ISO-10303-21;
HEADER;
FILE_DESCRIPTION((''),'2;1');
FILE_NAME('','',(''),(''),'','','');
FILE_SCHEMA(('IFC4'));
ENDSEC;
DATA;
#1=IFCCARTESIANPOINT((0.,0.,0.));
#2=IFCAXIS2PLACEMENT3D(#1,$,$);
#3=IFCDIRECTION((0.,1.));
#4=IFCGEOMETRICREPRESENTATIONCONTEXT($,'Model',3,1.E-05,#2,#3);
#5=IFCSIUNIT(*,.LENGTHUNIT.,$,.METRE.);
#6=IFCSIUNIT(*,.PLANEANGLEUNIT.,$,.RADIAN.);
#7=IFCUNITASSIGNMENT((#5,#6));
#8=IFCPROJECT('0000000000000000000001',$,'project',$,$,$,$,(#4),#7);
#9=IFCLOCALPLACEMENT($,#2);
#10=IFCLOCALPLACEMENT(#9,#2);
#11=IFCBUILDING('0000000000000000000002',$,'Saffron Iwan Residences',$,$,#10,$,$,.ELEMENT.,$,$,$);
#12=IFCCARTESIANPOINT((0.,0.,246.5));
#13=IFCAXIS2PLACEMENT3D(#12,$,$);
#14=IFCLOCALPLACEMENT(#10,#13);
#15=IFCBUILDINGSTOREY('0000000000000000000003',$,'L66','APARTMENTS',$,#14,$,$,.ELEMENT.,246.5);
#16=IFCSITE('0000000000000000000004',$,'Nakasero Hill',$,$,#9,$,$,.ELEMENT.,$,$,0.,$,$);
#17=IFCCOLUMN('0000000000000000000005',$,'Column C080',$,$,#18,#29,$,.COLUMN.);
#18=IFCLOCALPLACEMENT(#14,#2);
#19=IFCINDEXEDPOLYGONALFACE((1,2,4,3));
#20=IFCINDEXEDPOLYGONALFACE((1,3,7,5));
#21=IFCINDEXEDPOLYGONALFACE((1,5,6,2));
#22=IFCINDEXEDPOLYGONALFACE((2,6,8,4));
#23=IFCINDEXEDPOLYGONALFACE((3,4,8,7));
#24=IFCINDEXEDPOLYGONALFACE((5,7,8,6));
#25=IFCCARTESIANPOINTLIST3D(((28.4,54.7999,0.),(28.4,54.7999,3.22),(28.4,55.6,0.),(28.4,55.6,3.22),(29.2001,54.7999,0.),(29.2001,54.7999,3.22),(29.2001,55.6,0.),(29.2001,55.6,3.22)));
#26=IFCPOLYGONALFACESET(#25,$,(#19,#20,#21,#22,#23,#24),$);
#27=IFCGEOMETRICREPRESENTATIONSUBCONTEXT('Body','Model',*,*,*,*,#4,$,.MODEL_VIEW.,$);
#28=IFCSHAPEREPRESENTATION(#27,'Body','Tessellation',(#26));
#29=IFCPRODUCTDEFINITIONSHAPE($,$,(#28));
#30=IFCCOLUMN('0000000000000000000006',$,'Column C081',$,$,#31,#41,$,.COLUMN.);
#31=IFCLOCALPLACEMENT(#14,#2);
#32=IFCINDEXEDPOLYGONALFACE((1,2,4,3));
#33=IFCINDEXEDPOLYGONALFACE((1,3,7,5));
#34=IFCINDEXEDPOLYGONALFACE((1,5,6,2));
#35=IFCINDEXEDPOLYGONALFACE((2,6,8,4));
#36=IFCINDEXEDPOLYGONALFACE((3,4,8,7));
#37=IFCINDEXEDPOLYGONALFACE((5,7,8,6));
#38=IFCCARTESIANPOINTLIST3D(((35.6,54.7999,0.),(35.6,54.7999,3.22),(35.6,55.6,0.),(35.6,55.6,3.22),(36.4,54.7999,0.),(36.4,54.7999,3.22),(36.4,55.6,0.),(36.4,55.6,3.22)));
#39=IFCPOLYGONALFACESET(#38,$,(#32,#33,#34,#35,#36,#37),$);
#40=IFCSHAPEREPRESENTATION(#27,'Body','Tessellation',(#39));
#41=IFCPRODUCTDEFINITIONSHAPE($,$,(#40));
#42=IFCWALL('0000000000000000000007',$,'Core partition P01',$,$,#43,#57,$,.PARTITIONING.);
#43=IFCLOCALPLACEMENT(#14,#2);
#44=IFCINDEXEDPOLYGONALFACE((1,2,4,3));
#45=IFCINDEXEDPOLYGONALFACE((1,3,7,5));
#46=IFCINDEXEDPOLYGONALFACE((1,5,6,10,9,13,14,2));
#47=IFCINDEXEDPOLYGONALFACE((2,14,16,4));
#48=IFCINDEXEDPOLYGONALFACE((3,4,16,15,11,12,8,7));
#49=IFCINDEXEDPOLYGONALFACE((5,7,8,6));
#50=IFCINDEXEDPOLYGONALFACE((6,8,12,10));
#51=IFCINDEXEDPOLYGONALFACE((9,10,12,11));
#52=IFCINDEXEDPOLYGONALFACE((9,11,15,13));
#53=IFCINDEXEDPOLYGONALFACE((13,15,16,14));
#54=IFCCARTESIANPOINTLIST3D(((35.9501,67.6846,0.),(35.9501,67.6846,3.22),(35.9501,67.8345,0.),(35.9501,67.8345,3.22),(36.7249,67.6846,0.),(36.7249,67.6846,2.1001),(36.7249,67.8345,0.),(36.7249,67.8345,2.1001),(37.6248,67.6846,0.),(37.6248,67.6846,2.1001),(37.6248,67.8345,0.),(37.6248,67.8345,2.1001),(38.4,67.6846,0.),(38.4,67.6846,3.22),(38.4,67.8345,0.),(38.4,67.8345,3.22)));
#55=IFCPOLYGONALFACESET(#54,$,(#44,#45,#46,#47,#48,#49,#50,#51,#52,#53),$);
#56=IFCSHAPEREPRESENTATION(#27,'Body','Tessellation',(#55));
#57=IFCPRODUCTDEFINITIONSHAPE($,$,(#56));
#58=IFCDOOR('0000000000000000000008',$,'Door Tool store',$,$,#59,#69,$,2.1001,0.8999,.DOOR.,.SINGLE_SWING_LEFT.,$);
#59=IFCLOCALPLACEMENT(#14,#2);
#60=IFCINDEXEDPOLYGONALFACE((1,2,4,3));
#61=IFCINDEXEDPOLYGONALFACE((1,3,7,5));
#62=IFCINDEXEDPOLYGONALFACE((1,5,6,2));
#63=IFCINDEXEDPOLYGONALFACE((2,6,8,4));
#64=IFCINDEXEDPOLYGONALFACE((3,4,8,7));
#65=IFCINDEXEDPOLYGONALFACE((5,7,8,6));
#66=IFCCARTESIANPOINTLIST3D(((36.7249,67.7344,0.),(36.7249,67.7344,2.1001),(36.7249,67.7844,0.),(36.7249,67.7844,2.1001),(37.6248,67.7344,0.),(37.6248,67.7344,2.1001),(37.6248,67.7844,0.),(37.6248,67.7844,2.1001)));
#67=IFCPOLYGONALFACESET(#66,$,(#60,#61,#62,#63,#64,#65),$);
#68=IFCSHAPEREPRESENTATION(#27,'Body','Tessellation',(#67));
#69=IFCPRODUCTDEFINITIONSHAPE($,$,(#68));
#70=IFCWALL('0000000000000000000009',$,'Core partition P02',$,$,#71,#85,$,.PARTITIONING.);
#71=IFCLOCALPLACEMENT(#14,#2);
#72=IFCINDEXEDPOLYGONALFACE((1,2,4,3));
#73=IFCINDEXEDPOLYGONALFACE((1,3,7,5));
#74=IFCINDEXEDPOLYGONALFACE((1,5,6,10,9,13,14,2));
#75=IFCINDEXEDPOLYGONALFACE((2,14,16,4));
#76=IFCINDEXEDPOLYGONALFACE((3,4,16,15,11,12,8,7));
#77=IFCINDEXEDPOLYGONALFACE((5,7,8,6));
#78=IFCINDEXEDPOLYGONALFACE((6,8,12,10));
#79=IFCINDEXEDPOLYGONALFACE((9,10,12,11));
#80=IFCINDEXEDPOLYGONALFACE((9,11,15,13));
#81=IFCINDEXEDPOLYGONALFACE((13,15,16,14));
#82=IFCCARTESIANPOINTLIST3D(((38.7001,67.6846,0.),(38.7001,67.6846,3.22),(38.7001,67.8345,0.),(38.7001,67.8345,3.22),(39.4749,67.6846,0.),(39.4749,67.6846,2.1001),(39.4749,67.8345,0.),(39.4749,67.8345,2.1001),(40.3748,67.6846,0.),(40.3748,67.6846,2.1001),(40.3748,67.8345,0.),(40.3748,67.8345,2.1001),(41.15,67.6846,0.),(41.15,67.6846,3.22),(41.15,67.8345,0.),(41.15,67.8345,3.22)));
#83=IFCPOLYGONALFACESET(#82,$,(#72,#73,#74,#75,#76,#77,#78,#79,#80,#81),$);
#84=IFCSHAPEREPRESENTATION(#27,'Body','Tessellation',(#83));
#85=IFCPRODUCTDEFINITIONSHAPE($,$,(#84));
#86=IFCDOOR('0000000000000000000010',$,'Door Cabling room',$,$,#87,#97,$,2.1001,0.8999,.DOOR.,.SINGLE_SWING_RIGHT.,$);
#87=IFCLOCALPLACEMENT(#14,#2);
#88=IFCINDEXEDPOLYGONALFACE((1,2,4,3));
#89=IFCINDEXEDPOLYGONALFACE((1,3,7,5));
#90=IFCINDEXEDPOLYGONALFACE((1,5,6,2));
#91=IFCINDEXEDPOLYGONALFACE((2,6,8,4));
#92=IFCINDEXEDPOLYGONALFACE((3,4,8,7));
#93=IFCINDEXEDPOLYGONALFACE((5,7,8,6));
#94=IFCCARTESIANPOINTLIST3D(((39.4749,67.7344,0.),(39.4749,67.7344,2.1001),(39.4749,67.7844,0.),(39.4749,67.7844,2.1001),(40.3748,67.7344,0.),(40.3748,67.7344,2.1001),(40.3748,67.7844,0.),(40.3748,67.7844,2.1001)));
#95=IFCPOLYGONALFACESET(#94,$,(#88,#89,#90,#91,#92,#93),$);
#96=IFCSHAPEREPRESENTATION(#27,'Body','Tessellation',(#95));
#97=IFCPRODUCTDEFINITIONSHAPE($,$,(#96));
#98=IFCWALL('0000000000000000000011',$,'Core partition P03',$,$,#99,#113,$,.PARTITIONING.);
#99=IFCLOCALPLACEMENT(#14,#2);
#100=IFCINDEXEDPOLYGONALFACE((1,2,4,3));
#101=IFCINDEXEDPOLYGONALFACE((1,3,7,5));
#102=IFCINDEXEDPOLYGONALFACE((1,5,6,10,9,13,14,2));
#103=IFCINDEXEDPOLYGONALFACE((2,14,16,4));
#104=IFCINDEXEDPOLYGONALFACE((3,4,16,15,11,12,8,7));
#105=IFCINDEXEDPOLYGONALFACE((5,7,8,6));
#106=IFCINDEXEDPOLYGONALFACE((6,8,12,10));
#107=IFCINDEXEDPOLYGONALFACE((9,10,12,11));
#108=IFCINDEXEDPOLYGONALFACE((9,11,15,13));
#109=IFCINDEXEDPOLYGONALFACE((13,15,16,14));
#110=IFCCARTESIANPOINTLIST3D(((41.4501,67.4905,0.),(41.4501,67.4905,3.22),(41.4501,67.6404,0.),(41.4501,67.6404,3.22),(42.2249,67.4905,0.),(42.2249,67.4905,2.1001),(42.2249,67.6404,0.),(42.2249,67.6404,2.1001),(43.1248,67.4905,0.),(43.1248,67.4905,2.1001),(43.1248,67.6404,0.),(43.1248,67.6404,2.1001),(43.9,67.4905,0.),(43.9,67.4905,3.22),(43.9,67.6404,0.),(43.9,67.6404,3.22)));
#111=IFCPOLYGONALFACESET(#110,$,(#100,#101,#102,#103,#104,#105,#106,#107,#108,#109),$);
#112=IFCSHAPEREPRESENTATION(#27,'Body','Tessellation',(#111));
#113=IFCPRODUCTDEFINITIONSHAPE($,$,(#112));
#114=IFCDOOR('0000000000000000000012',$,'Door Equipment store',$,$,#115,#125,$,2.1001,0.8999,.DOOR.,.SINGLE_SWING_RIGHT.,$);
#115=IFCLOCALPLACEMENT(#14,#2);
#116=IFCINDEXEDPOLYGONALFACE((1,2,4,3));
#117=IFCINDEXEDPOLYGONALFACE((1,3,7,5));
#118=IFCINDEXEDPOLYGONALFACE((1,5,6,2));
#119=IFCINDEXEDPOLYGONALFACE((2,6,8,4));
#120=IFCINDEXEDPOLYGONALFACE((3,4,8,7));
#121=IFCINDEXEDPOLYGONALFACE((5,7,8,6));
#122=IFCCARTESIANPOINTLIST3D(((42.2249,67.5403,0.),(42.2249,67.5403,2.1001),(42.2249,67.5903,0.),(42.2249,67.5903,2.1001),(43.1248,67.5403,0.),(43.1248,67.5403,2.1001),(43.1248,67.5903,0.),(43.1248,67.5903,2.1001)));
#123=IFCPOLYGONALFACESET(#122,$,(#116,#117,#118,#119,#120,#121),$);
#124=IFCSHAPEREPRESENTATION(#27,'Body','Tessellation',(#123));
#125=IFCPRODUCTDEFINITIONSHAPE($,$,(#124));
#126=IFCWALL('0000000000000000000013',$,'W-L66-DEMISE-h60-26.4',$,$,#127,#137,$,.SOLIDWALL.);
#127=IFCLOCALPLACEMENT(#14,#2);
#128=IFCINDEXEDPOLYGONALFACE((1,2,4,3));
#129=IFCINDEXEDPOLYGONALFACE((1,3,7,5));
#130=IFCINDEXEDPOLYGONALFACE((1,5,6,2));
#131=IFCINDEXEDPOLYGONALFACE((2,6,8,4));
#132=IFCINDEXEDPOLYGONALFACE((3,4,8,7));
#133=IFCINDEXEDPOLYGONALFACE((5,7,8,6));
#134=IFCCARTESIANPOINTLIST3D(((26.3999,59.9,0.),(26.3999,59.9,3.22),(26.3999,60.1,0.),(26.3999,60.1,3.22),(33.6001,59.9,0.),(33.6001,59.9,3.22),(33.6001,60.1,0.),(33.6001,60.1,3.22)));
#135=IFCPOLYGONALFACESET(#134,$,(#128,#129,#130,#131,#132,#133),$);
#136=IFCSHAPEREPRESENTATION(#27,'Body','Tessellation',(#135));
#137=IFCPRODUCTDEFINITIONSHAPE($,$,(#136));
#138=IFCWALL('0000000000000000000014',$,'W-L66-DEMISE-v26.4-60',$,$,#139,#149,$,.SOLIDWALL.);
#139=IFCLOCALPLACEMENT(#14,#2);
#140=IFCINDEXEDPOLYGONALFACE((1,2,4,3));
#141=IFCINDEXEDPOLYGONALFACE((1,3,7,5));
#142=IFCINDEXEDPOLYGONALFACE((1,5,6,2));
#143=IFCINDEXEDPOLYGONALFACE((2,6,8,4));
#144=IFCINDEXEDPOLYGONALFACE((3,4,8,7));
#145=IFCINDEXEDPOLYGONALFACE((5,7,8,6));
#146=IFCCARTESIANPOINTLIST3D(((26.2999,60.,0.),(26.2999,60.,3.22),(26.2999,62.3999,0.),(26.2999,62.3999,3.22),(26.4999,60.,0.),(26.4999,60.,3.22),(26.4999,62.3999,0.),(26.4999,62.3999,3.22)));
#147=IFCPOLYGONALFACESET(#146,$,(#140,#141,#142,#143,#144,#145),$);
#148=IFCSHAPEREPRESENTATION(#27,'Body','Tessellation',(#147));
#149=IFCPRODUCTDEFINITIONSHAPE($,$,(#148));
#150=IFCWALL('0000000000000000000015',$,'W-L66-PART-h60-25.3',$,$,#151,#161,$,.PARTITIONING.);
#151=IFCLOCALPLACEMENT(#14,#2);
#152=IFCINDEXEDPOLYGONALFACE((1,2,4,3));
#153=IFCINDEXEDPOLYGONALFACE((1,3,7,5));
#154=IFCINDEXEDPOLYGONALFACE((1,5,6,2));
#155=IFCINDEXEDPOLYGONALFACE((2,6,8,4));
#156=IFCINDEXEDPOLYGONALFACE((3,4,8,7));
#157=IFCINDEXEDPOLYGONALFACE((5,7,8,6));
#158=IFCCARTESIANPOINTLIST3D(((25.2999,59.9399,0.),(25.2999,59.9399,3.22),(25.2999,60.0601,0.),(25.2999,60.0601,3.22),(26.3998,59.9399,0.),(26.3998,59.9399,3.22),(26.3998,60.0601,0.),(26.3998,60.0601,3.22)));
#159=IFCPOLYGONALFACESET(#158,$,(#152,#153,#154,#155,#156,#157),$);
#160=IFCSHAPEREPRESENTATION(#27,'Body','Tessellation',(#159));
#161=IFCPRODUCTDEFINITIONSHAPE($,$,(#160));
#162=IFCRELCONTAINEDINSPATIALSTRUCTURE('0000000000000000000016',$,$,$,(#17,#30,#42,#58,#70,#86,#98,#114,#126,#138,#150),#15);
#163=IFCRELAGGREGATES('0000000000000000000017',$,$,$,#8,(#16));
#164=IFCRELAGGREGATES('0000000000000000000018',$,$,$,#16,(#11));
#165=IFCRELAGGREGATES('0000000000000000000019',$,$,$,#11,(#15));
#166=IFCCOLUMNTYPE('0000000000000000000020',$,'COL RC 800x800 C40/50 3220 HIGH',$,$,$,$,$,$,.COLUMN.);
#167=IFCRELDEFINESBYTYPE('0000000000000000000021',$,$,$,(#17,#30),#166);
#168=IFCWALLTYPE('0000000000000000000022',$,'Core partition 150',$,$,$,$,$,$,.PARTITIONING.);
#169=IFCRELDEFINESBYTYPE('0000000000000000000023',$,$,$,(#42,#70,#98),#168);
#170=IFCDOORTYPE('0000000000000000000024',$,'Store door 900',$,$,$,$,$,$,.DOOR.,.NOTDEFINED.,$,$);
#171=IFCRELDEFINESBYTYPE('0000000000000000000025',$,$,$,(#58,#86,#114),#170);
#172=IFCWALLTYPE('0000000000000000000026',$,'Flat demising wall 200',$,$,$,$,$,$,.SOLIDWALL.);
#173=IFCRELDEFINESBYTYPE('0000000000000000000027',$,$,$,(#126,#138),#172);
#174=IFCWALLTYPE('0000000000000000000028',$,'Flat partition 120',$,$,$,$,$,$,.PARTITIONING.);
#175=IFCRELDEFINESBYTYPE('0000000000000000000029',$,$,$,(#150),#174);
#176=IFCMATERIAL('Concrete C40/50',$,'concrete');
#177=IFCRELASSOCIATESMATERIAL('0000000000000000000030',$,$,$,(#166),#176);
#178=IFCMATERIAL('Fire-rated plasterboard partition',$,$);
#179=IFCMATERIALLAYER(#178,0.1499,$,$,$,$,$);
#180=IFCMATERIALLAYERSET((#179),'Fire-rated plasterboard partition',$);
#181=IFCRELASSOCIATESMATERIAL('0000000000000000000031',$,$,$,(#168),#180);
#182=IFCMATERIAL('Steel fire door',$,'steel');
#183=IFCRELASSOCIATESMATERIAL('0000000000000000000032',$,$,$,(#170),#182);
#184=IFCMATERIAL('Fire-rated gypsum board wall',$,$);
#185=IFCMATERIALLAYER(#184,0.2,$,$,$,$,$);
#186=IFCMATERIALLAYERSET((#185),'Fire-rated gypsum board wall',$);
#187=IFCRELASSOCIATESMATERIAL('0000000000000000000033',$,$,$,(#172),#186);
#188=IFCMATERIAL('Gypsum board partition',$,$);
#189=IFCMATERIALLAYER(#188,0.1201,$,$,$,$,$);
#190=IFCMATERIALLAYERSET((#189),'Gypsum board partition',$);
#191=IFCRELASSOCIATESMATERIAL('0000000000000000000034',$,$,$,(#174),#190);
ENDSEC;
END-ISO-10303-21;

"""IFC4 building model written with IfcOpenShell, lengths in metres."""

from ifc_helpers import new_model, si_unit, direction, frame, frame_2d, origin, origin_2d, place, context, subcontext, project, spatial, rectangle, extrude, source, transform, mapped, material, layer, layer_set, material_profile, profile_set, type_object, element, fill, save


model = new_model("IFC4")

# Units and contexts
model_context = context("Model", 3, precision=1e-05, world=origin(), true_north=direction((0.0, 1.0)))
body_context = subcontext(model_context, "Body", "Model", "MODEL_VIEW")
ifc_project = project(units=[si_unit("LENGTHUNIT", "METRE"), si_unit("PLANEANGLEUNIT", "RADIAN")], contexts=[model_context])

# Site, building, storey
site_placement = place(None, origin())
site = spatial("IfcSite", under=ifc_project, at=site_placement, Name="Nakasero Hill", CompositionType="ELEMENT", RefElevation=0.0)
building_placement = place(site_placement, origin())
building = spatial("IfcBuilding", under=site, at=building_placement, Name="Saffron Iwan Residences", CompositionType="ELEMENT")
storey_placement = place(building_placement, frame((0.0, 0.0, 246.5)))
storey = spatial("IfcBuildingStorey", under=building, at=storey_placement, Name="L66", Description="APARTMENTS", CompositionType="ELEMENT", Elevation=246.5)

# Columns
ifc_material_1 = material(Name="Concrete C40/50", Category="concrete")
ifc_material_profile = material_profile(ifc_material_1, rectangle(XDim=0.8, YDim=0.8, at=origin_2d()), Name="RC 800x800")
ifc_profile_set = profile_set([ifc_material_profile], Name="Concrete C40/50")
column_type = type_object("IfcColumnType", Name="COL RC 800x800 C40/50 3220 HIGH", PredefinedType="COLUMN", material=ifc_profile_set)
shared_shape = source(origin(), body_context, "Body", "SweptSolid", [
    extrude(rectangle(XDim=0.8, YDim=0.8, at=origin_2d()), origin(), (0.0, 0.0, 1.0), 3.22),
])
for number, where, z_axis, x_axis, name in (
    (1, (28.8, 55.2, 0.0), (0.0, 0.0, 1.0), (1.0, 0.0, 0.0), "Column C080"),
    (2, (36.0, 55.2, 0.0), (0.0, 0.0, 1.0), (1.0, 0.0, 0.0), "Column C081"),
):
    element("IfcColumn", number, at=place(storey_placement, frame(where, z_axis=z_axis, x_axis=x_axis)), inside=storey, type_object=column_type, Name=name, PredefinedType="COLUMN", context=body_context, shape_type="MappedRepresentation", body=[
        mapped(shared_shape, transform((0.0, 0.0, 0.0))),
    ])

# Walls, openings, doors
ifc_material_2 = material(Name="Fire-rated plasterboard partition")
ifc_layer_1 = layer(ifc_material_2, 0.1499)
ifc_layer_set_1 = layer_set([ifc_layer_1], Name="Fire-rated plasterboard partition")
wall_type_1 = type_object("IfcWallType", Name="Core partition 150", PredefinedType="PARTITIONING", material=ifc_layer_set_1)
wall_1_placement = place(storey_placement, frame((35.95, 67.7595, 0.0), z_axis=(0.0, 0.0, 1.0), x_axis=(1.0, 0.0, 0.0)))
wall_1 = element("IfcWall", 3, at=wall_1_placement, inside=storey, type_object=wall_type_1, Name="Core partition P01", PredefinedType="PARTITIONING", context=body_context, shape_type="SweptSolid", body=[
    extrude(rectangle(XDim=2.45, YDim=0.1499, at=frame_2d((1.2251, 0.0))), origin(), (0.0, 0.0, 1.0), 3.22),
])
opening_1_placement = place(wall_1_placement, frame((0.7749, 0.0, 0.0)))
opening_1 = element("IfcOpeningElement", 4, at=opening_1_placement, cuts=wall_1, PredefinedType="OPENING", context=body_context, shape_type="SweptSolid", body=[
    extrude(rectangle(XDim=0.8999, YDim=2.1001, at=frame_2d((0.45, 1.05))), frame((0.0, 0.085, 0.0), z_axis=(0.0, -1.0, 0.0), x_axis=(1.0, 0.0, 0.0)), (0.0, 0.0, 1.0), 0.1699),
])
ifc_material_3 = material(Name="Steel fire door", Category="steel")
door_type_1 = type_object("IfcDoorType", Name="Store door 900", OperationType="NOTDEFINED", PredefinedType="DOOR", material=ifc_material_3)
door_1_placement = place(opening_1_placement, origin())
door_1 = element("IfcDoor", 5, at=door_1_placement, inside=storey, type_object=door_type_1, Name="Door Tool store", OperationType="SINGLE_SWING_LEFT", OverallHeight=2.1001, OverallWidth=0.8999, PredefinedType="DOOR", context=body_context, shape_type="SweptSolid", body=[
    extrude(rectangle(XDim=0.8999, YDim=2.1001, at=frame_2d((0.45, 1.05))), frame((0.0, 0.0249, 0.0), z_axis=(0.0, -1.0, 0.0), x_axis=(1.0, 0.0, 0.0)), (0.0, 0.0, 1.0), 0.05),
])
fill(opening_1, door_1)
wall_2_placement = place(storey_placement, frame((38.7, 67.7595, 0.0), z_axis=(0.0, 0.0, 1.0), x_axis=(1.0, 0.0, 0.0)))
wall_2 = element("IfcWall", 6, at=wall_2_placement, inside=storey, type_object=wall_type_1, Name="Core partition P02", PredefinedType="PARTITIONING", context=body_context, shape_type="SweptSolid", body=[
    extrude(rectangle(XDim=2.45, YDim=0.1499, at=frame_2d((1.2251, 0.0))), origin(), (0.0, 0.0, 1.0), 3.22),
])
opening_2_placement = place(wall_2_placement, frame((0.7749, 0.0, 0.0)))
opening_2 = element("IfcOpeningElement", 7, at=opening_2_placement, cuts=wall_2, PredefinedType="OPENING", context=body_context, shape_type="SweptSolid", body=[
    extrude(rectangle(XDim=0.8999, YDim=2.1001, at=frame_2d((0.45, 1.05))), frame((0.0, 0.085, 0.0), z_axis=(0.0, -1.0, 0.0), x_axis=(1.0, 0.0, 0.0)), (0.0, 0.0, 1.0), 0.1699),
])
door_2_placement = place(opening_2_placement, origin())
door_2 = element("IfcDoor", 8, at=door_2_placement, inside=storey, type_object=door_type_1, Name="Door Cabling room", OperationType="SINGLE_SWING_RIGHT", OverallHeight=2.1001, OverallWidth=0.8999, PredefinedType="DOOR", context=body_context, shape_type="SweptSolid", body=[
    extrude(rectangle(XDim=0.8999, YDim=2.1001, at=frame_2d((0.45, 1.05))), frame((0.0, 0.0249, 0.0), z_axis=(0.0, -1.0, 0.0), x_axis=(1.0, 0.0, 0.0)), (0.0, 0.0, 1.0), 0.05),
])
fill(opening_2, door_2)
wall_3_placement = place(storey_placement, frame((41.45, 67.5654, 0.0), z_axis=(0.0, 0.0, 1.0), x_axis=(1.0, 0.0, 0.0)))
wall_3 = element("IfcWall", 9, at=wall_3_placement, inside=storey, type_object=wall_type_1, Name="Core partition P03", PredefinedType="PARTITIONING", context=body_context, shape_type="SweptSolid", body=[
    extrude(rectangle(XDim=2.45, YDim=0.1499, at=frame_2d((1.2251, 0.0))), origin(), (0.0, 0.0, 1.0), 3.22),
])
opening_3_placement = place(wall_3_placement, frame((0.7749, 0.0, 0.0)))
opening_3 = element("IfcOpeningElement", 10, at=opening_3_placement, cuts=wall_3, PredefinedType="OPENING", context=body_context, shape_type="SweptSolid", body=[
    extrude(rectangle(XDim=0.8999, YDim=2.1001, at=frame_2d((0.45, 1.05))), frame((0.0, 0.085, 0.0), z_axis=(0.0, -1.0, 0.0), x_axis=(1.0, 0.0, 0.0)), (0.0, 0.0, 1.0), 0.1699),
])
door_3_placement = place(opening_3_placement, origin())
door_3 = element("IfcDoor", 11, at=door_3_placement, inside=storey, type_object=door_type_1, Name="Door Equipment store", OperationType="SINGLE_SWING_RIGHT", OverallHeight=2.1001, OverallWidth=0.8999, PredefinedType="DOOR", context=body_context, shape_type="SweptSolid", body=[
    extrude(rectangle(XDim=0.8999, YDim=2.1001, at=frame_2d((0.45, 1.05))), frame((0.0, 0.0249, 0.0), z_axis=(0.0, -1.0, 0.0), x_axis=(1.0, 0.0, 0.0)), (0.0, 0.0, 1.0), 0.05),
])
fill(opening_3, door_3)

# Walls
ifc_material_4 = material(Name="Fire-rated gypsum board wall")
ifc_layer_2 = layer(ifc_material_4, 0.2)
ifc_layer_set_2 = layer_set([ifc_layer_2], Name="Fire-rated gypsum board wall")
wall_type_2 = type_object("IfcWallType", Name="Flat demising wall 200", PredefinedType="SOLIDWALL", material=ifc_layer_set_2)
wall_4_placement = place(storey_placement, frame((26.3999, 60.0, 0.0), z_axis=(0.0, 0.0, 1.0), x_axis=(1.0, 0.0, 0.0)))
element("IfcWall", 12, at=wall_4_placement, inside=storey, type_object=wall_type_2, Name="W-L66-DEMISE-h60-26.4", PredefinedType="SOLIDWALL", context=body_context, shape_type="SweptSolid", body=[
    extrude(rectangle(XDim=7.2002, YDim=0.2, at=frame_2d((3.6001, 0.0))), origin(), (0.0, 0.0, 1.0), 3.22),
])
wall_5_placement = place(storey_placement, frame((26.3999, 60.0, 0.0), z_axis=(0.0, 0.0, 1.0), x_axis=(0.0, 1.0, 0.0)))
element("IfcWall", 13, at=wall_5_placement, inside=storey, type_object=wall_type_2, Name="W-L66-DEMISE-v26.4-60", PredefinedType="SOLIDWALL", context=body_context, shape_type="SweptSolid", body=[
    extrude(rectangle(XDim=2.3999, YDim=0.2, at=frame_2d((1.2, 0.0))), origin(), (0.0, 0.0, 1.0), 3.22),
])
ifc_material_5 = material(Name="Gypsum board partition")
ifc_layer_3 = layer(ifc_material_5, 0.1201)
ifc_layer_set_3 = layer_set([ifc_layer_3], Name="Gypsum board partition")
wall_type_3 = type_object("IfcWallType", Name="Flat partition 120", PredefinedType="PARTITIONING", material=ifc_layer_set_3)
wall_6_placement = place(storey_placement, frame((25.3, 60.0, 0.0), z_axis=(0.0, 0.0, 1.0), x_axis=(1.0, 0.0, 0.0)))
element("IfcWall", 14, at=wall_6_placement, inside=storey, type_object=wall_type_3, Name="W-L66-PART-h60-25.3", PredefinedType="PARTITIONING", context=body_context, shape_type="SweptSolid", body=[
    extrude(rectangle(XDim=1.0999, YDim=0.1201, at=frame_2d((0.5498, 0.0))), origin(), (0.0, 0.0, 1.0), 3.22),
])

save(model, "model.ifc")
